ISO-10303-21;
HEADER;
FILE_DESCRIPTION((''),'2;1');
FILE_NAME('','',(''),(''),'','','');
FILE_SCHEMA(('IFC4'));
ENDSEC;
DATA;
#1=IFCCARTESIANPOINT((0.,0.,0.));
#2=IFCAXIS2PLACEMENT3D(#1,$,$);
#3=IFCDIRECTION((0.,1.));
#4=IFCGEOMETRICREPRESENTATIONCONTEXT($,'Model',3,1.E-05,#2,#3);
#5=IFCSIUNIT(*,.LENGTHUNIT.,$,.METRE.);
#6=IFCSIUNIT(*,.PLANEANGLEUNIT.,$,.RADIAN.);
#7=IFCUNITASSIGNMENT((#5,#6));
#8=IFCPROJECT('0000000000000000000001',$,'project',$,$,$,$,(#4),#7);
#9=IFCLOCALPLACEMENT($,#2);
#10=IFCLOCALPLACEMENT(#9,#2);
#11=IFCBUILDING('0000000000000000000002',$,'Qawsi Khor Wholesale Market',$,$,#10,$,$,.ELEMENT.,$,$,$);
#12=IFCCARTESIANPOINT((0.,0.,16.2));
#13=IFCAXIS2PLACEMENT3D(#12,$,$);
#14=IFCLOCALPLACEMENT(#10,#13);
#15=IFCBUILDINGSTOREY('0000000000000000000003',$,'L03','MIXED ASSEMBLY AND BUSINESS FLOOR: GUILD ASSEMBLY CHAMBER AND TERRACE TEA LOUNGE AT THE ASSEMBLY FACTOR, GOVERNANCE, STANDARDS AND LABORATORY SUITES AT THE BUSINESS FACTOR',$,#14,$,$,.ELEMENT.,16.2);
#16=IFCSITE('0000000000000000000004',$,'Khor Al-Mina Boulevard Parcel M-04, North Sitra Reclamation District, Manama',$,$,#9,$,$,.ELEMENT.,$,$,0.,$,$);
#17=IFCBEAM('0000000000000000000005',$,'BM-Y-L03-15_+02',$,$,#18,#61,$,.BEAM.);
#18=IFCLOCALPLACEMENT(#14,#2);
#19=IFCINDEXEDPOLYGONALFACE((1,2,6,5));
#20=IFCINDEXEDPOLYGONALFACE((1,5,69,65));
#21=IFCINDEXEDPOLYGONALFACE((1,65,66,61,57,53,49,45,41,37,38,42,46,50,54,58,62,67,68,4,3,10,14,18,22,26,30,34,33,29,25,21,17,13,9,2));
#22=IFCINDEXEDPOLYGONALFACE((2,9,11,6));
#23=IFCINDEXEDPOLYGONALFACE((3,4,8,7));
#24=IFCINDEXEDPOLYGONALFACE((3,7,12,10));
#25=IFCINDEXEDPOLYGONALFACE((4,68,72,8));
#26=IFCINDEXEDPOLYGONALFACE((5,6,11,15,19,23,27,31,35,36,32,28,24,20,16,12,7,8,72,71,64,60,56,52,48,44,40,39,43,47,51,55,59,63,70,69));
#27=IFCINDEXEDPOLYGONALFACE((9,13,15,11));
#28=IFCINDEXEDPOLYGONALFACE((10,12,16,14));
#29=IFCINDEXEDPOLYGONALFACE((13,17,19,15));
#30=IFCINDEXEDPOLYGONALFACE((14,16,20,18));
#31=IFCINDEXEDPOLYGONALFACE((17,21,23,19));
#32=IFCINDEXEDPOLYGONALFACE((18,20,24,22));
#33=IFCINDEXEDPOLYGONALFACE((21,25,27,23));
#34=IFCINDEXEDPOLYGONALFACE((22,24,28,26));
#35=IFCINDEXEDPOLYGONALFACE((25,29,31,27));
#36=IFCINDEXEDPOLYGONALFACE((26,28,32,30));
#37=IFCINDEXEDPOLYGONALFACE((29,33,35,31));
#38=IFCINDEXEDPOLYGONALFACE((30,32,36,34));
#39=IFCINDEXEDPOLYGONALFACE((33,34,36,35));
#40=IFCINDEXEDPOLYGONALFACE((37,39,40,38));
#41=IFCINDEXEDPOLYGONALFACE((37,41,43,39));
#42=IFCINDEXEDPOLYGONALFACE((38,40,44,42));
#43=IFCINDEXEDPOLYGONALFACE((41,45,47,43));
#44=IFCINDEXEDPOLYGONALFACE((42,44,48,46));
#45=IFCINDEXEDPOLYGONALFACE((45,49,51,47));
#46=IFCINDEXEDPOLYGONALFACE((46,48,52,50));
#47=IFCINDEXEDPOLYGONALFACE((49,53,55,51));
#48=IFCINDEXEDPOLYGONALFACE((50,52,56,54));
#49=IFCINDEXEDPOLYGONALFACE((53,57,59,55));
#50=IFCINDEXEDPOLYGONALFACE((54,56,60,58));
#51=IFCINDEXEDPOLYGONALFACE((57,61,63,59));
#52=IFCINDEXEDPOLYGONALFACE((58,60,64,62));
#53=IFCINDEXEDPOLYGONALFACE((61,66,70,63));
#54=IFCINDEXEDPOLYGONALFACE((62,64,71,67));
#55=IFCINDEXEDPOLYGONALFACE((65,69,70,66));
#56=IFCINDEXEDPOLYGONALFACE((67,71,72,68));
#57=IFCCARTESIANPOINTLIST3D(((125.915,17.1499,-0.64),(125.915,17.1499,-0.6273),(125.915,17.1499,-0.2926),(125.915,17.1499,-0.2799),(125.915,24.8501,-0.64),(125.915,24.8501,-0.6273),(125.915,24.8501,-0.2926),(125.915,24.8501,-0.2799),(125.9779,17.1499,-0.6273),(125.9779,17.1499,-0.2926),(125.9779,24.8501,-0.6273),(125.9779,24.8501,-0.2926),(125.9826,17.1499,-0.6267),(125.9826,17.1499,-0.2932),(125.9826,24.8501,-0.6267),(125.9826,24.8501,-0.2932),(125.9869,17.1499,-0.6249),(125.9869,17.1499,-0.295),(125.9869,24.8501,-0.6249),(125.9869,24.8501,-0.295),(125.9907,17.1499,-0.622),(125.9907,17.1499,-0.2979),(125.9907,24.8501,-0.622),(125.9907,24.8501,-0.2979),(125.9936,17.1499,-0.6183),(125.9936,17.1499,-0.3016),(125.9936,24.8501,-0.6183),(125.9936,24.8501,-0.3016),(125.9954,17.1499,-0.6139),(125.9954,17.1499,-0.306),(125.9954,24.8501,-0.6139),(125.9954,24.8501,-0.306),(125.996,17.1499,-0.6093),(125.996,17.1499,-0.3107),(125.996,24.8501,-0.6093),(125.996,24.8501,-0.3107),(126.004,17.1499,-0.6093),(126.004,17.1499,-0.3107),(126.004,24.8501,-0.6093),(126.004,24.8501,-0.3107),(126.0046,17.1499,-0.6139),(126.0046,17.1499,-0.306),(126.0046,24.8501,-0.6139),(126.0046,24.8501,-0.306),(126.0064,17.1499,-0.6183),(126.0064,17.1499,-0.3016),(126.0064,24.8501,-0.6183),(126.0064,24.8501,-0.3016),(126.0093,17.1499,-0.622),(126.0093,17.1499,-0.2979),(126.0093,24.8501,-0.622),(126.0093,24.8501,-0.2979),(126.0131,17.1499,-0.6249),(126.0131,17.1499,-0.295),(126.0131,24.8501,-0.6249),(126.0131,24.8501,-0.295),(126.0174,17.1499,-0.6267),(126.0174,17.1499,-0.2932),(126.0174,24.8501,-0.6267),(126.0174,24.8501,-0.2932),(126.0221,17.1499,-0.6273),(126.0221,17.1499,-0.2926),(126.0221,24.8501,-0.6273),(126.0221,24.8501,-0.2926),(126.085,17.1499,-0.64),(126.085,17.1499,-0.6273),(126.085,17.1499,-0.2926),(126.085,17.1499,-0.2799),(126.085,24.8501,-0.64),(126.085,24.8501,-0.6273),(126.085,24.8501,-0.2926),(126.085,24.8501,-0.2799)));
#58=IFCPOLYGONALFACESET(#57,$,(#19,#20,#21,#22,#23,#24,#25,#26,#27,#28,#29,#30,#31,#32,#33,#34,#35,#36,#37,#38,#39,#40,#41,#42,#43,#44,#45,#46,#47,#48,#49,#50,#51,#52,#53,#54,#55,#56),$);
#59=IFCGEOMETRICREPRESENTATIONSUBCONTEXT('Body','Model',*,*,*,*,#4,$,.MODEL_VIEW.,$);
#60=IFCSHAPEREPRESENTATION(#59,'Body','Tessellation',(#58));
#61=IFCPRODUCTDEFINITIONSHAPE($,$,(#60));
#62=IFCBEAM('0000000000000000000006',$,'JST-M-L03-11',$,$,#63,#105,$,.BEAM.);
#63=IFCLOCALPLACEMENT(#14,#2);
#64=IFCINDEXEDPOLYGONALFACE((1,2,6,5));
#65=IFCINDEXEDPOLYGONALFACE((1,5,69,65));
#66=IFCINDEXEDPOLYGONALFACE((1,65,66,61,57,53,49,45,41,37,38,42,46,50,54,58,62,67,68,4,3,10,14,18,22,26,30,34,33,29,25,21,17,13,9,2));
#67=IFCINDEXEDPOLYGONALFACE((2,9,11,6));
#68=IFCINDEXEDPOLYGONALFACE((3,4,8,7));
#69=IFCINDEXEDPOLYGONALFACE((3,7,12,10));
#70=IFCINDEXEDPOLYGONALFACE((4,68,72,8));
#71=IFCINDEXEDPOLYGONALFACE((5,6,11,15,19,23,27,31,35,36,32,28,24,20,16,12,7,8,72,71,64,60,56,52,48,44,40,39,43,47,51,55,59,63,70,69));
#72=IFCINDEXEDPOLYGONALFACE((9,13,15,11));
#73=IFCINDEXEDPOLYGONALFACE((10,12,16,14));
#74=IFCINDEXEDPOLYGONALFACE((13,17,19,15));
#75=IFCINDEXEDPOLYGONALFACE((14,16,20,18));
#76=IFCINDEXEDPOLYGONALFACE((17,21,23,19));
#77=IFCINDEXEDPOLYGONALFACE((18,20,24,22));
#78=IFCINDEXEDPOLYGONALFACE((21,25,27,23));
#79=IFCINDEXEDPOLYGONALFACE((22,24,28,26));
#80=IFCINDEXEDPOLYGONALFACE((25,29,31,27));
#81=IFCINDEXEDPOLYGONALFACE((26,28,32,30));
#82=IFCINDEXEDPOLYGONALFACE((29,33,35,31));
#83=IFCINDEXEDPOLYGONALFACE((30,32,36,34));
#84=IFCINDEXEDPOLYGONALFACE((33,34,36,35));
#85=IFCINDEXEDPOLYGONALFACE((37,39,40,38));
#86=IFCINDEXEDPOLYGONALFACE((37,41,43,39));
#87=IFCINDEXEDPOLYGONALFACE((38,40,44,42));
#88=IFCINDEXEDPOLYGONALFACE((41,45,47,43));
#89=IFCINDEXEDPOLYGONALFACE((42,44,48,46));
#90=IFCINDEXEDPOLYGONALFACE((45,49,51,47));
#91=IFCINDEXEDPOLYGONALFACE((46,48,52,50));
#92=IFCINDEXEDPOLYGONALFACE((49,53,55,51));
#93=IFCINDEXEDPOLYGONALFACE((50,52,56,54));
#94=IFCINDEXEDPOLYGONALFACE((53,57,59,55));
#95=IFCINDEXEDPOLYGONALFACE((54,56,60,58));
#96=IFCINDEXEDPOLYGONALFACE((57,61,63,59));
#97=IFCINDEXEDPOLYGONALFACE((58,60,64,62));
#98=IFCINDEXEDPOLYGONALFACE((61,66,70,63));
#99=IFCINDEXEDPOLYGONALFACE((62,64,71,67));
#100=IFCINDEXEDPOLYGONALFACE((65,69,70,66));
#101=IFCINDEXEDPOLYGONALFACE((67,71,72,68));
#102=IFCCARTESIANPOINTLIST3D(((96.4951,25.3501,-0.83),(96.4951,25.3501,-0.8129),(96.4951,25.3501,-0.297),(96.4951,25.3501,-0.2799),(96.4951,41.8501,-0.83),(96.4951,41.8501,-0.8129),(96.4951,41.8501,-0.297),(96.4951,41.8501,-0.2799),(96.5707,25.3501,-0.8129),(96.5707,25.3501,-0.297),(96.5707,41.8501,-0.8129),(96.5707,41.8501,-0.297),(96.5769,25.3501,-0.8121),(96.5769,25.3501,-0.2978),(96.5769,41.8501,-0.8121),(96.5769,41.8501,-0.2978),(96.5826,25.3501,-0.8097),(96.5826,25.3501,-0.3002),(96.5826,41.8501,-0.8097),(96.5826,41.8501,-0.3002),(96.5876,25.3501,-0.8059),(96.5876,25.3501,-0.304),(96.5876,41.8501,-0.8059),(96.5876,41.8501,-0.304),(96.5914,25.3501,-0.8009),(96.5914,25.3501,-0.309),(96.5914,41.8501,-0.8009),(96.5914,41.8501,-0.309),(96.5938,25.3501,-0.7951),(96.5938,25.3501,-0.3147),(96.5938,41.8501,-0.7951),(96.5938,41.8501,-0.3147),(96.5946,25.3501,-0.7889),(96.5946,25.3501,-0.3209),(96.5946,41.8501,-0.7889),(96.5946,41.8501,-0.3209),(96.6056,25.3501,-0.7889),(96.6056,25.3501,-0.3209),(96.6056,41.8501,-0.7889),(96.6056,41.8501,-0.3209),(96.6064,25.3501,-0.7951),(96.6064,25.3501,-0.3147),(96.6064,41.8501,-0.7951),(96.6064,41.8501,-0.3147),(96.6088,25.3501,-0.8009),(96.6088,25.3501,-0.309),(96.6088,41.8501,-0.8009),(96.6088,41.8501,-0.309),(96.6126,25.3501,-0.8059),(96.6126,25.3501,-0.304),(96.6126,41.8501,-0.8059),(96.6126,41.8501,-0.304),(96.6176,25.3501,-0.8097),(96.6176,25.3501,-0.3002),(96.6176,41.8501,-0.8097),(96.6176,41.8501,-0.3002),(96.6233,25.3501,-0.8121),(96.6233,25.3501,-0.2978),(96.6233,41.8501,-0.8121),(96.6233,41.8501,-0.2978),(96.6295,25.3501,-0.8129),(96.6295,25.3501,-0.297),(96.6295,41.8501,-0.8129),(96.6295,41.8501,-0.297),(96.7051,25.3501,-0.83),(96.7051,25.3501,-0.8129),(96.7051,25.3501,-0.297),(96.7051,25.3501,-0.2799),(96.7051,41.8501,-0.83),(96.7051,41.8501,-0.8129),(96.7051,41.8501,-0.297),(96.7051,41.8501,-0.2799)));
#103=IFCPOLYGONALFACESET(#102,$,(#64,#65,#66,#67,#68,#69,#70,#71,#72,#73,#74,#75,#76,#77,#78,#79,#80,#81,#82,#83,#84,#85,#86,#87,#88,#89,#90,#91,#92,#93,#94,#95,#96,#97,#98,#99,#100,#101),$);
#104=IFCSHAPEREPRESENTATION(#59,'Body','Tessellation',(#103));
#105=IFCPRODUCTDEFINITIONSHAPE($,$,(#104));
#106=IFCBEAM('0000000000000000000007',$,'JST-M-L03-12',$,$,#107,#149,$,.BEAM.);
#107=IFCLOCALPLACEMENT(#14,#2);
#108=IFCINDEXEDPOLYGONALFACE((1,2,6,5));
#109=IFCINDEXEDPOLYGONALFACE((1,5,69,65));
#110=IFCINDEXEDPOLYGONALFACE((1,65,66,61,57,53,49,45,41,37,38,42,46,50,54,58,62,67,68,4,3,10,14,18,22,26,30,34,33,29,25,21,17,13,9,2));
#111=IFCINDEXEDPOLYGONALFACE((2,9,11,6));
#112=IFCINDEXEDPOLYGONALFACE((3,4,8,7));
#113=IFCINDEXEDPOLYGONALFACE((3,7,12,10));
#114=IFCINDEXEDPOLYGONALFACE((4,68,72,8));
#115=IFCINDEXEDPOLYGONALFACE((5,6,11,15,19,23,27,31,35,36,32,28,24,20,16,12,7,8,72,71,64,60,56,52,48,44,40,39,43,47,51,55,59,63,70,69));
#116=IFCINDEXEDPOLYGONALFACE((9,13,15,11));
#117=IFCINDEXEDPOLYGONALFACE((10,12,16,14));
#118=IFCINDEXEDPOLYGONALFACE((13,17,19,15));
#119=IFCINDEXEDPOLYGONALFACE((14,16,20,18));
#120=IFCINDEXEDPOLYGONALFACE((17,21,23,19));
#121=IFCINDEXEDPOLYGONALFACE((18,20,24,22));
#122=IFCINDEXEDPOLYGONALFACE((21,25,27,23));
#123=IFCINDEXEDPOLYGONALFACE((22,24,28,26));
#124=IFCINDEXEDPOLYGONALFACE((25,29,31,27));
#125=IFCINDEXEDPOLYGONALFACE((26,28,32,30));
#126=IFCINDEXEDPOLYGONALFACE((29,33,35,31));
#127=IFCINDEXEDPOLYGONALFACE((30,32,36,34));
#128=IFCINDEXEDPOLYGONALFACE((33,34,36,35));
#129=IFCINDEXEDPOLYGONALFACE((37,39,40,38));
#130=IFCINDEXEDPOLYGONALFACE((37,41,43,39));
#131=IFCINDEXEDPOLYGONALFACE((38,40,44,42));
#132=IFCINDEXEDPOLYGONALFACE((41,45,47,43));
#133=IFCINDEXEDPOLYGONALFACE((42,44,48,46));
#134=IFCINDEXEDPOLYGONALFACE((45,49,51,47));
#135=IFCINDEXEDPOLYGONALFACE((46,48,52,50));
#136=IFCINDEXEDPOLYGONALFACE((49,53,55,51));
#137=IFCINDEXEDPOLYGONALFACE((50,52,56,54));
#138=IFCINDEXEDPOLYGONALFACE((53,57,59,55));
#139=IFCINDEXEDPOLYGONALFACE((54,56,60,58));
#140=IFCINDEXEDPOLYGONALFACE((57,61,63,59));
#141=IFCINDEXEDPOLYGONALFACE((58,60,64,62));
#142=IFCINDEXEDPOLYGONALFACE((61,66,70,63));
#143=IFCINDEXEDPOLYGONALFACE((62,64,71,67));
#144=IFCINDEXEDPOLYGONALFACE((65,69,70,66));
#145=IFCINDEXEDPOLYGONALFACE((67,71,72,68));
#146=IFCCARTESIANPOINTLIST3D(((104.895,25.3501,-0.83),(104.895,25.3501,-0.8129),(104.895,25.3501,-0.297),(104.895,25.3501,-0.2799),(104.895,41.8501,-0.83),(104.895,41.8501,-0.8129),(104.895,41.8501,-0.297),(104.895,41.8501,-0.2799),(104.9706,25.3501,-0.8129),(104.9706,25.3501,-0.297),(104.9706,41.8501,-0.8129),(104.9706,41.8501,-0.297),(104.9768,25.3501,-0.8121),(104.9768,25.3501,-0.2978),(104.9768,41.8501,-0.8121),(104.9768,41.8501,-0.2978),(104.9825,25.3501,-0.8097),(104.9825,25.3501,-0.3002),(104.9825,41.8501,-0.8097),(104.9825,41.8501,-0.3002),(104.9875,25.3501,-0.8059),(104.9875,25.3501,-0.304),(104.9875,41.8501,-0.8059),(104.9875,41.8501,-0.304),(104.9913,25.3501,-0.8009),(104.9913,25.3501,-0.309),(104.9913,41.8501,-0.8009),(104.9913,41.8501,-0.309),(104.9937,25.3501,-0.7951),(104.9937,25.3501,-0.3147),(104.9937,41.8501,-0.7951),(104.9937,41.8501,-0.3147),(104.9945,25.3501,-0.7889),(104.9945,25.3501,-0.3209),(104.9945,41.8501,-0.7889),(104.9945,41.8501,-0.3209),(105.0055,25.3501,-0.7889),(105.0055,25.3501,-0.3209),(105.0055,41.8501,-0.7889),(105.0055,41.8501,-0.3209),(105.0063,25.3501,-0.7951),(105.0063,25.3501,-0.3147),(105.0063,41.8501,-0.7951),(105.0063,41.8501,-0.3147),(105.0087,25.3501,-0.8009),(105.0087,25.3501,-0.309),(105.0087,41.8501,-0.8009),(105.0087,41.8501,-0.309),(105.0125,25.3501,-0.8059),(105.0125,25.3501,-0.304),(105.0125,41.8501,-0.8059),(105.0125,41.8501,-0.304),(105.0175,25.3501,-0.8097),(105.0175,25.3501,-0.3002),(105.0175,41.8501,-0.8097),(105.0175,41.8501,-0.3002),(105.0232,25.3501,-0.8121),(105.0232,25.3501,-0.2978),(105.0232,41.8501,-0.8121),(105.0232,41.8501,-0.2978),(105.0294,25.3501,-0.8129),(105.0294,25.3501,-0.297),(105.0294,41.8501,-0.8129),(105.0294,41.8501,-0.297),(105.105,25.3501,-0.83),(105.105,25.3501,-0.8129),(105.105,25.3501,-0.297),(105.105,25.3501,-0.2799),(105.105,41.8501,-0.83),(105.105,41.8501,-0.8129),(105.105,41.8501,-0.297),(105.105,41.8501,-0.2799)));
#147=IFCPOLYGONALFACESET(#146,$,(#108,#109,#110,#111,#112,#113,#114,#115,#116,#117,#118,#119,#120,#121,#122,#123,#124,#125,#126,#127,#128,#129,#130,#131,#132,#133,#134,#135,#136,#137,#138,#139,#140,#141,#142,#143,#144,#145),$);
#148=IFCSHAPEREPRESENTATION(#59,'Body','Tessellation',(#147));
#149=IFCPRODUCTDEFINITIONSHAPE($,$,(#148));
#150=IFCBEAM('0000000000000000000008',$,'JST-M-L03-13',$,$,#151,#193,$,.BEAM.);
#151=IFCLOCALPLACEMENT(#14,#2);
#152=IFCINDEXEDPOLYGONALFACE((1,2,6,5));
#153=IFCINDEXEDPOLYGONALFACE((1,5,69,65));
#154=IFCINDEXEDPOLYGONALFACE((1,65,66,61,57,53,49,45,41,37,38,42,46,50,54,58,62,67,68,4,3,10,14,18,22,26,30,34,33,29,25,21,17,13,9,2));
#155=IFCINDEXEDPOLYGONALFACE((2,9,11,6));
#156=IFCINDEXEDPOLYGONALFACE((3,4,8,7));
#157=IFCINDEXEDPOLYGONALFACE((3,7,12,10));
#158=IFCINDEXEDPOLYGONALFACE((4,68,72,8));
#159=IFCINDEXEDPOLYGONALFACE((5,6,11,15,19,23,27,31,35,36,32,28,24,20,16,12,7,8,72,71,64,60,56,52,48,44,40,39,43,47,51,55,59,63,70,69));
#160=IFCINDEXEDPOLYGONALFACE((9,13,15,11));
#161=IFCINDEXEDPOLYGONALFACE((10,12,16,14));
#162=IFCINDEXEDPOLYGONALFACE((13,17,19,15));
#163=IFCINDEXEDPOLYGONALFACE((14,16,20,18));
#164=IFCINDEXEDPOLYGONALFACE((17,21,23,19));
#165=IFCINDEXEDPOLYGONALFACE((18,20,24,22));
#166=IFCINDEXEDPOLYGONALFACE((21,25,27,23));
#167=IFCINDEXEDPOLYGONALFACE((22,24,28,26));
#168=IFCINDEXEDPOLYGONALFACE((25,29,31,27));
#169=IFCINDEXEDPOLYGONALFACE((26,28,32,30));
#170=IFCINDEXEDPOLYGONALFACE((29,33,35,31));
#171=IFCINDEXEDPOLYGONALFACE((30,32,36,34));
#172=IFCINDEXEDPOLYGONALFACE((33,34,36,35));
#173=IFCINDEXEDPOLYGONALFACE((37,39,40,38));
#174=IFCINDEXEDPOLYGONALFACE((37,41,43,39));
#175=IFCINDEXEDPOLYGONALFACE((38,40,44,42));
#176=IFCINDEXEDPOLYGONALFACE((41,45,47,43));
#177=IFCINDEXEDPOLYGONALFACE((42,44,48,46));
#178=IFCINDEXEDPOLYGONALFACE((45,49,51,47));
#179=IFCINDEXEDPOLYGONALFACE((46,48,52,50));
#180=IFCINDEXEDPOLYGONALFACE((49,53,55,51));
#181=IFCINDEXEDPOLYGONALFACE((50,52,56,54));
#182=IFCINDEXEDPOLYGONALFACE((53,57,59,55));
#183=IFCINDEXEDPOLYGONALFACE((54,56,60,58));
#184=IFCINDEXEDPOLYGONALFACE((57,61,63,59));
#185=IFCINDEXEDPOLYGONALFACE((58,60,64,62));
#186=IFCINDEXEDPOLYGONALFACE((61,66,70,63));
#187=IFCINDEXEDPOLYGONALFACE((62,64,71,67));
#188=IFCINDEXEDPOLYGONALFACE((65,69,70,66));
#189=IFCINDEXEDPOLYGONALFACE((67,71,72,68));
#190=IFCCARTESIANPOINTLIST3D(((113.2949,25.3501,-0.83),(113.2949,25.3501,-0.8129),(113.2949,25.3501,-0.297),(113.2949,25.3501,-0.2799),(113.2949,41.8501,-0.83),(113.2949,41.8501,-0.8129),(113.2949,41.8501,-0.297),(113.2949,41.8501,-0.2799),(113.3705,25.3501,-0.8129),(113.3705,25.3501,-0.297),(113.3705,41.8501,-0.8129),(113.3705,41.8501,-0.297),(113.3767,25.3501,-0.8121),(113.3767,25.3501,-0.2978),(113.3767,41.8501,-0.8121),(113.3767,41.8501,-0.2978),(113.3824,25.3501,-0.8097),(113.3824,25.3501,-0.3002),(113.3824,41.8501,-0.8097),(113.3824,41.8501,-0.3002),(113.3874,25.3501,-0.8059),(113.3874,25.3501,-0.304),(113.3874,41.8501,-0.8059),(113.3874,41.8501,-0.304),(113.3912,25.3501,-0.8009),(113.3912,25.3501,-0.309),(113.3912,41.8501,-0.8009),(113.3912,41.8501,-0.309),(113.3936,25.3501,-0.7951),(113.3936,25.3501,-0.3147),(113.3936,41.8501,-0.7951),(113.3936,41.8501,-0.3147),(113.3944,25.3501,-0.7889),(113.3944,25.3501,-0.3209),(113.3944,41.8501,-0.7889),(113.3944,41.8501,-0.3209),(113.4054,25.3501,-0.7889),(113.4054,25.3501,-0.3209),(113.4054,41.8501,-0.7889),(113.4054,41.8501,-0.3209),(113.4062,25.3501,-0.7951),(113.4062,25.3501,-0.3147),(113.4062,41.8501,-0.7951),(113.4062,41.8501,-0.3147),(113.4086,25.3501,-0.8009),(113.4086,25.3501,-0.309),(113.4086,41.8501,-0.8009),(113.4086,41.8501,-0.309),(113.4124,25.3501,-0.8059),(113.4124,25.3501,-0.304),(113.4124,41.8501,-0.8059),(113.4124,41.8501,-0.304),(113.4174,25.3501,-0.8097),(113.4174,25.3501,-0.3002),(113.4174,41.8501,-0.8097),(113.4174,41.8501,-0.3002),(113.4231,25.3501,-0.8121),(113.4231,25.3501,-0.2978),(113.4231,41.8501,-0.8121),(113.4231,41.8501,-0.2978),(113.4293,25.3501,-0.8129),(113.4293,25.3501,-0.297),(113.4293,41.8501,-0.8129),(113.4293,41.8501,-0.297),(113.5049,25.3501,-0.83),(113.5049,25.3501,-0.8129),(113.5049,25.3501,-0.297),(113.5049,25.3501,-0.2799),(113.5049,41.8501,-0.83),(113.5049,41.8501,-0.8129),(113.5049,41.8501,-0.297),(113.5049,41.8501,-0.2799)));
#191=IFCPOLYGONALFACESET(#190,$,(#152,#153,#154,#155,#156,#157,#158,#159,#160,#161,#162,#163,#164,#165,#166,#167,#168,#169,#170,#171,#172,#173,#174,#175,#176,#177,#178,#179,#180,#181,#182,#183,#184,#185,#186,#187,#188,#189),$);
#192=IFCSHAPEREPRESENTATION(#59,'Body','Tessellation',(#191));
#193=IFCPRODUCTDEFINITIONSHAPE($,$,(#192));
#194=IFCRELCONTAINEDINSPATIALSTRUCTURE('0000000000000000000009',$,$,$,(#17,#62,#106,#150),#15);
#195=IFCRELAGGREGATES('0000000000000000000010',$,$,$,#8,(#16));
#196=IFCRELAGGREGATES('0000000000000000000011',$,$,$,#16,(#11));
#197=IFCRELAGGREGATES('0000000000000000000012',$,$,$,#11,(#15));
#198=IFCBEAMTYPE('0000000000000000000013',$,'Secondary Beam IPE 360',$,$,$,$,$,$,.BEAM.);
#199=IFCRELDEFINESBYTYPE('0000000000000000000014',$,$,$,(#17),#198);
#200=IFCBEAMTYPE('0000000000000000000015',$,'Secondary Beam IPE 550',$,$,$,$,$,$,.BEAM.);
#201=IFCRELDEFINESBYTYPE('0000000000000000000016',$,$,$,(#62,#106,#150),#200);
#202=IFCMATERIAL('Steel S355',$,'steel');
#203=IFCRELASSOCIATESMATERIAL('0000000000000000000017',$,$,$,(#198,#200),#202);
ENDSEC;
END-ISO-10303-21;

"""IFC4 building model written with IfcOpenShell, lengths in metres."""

from ifc_helpers import new_model, si_unit, direction, frame, origin, origin_2d, place, context, subcontext, project, spatial, i_section, extrude, material, material_profile, profile_set, type_object, element, save


model = new_model("IFC4")

# Units and contexts
model_context = context("Model", 3, precision=1e-05, world=origin(), true_north=direction((0.0, 1.0)))
body_context = subcontext(model_context, "Body", "Model", "MODEL_VIEW")
ifc_project = project(units=[si_unit("LENGTHUNIT", "METRE"), si_unit("PLANEANGLEUNIT", "RADIAN")], contexts=[model_context])

# Site, building, storey
site_placement = place(None, origin())
site = spatial("IfcSite", under=ifc_project, at=site_placement, Name="Khor Al-Mina Boulevard Parcel M-04, North Sitra Reclamation District, Manama", CompositionType="ELEMENT", RefElevation=0.0)
building_placement = place(site_placement, origin())
building = spatial("IfcBuilding", under=site, at=building_placement, Name="Qawsi Khor Wholesale Market", CompositionType="ELEMENT")
storey_placement = place(building_placement, frame((0.0, 0.0, 16.2)))
storey = spatial("IfcBuildingStorey", under=building, at=storey_placement, Name="L03", Description="MIXED ASSEMBLY AND BUSINESS FLOOR: GUILD ASSEMBLY CHAMBER AND TERRACE TEA LOUNGE AT THE ASSEMBLY FACTOR, GOVERNANCE, STANDARDS AND LABORATORY SUITES AT THE BUSINESS FACTOR", CompositionType="ELEMENT", Elevation=16.2)

# Beams
ifc_material_1 = material(Name="Steel S355", Category="steel")
ifc_material_profile_1 = material_profile(ifc_material_1, i_section(OverallWidth=0.1699, OverallDepth=0.3601, WebThickness=0.0081, FlangeThickness=0.0127, FilletRadius=0.0181, at=origin_2d()), Name="IPE 360")
ifc_profile_set_1 = profile_set([ifc_material_profile_1], Name="Steel S355")
beam_type_1 = type_object("IfcBeamType", Name="Secondary Beam IPE 360", PredefinedType="BEAM", material=ifc_profile_set_1)
for number, where, z_axis, x_axis, name in (
    (1, (126.0, 17.1499, -0.46), (0.0, 1.0, 0.0), (-1.0, 0.0, 0.0), "BM-Y-L03-15_+02"),
):
    element("IfcBeam", number, at=place(storey_placement, frame(where, z_axis=z_axis, x_axis=x_axis)), inside=storey, type_object=beam_type_1, Name=name, PredefinedType="BEAM", context=body_context, shape_type="SweptSolid", body=[
        extrude(i_section(OverallWidth=0.1699, OverallDepth=0.3601, WebThickness=0.0081, FlangeThickness=0.0127, FilletRadius=0.0181, at=origin_2d()), origin(), (0.0, 0.0, 1.0), 7.7002),
    ])
ifc_material_profile_2 = material_profile(ifc_material_1, i_section(OverallWidth=0.21, OverallDepth=0.55, WebThickness=0.011, FlangeThickness=0.0171, FilletRadius=0.0239, at=origin_2d()), Name="IPE 550")
ifc_profile_set_2 = profile_set([ifc_material_profile_2], Name="Steel S355")
beam_type_2 = type_object("IfcBeamType", Name="Secondary Beam IPE 550", PredefinedType="BEAM", material=ifc_profile_set_2)
for number, where, z_axis, x_axis, name in (
    (2, (96.6001, 25.3501, -0.5549), (0.0, 1.0, 0.0), (-1.0, 0.0, 0.0), "JST-M-L03-11"),
    (3, (105.0, 25.3501, -0.5549), (0.0, 1.0, 0.0), (-1.0, 0.0, 0.0), "JST-M-L03-12"),
    (4, (113.3999, 25.3501, -0.5549), (0.0, 1.0, 0.0), (-1.0, 0.0, 0.0), "JST-M-L03-13"),
):
    element("IfcBeam", number, at=place(storey_placement, frame(where, z_axis=z_axis, x_axis=x_axis)), inside=storey, type_object=beam_type_2, Name=name, PredefinedType="BEAM", context=body_context, shape_type="SweptSolid", body=[
        extrude(i_section(OverallWidth=0.21, OverallDepth=0.55, WebThickness=0.011, FlangeThickness=0.0171, FilletRadius=0.0239, at=origin_2d()), origin(), (0.0, 0.0, 1.0), 16.5),
    ])

save(model, "model.ifc")
